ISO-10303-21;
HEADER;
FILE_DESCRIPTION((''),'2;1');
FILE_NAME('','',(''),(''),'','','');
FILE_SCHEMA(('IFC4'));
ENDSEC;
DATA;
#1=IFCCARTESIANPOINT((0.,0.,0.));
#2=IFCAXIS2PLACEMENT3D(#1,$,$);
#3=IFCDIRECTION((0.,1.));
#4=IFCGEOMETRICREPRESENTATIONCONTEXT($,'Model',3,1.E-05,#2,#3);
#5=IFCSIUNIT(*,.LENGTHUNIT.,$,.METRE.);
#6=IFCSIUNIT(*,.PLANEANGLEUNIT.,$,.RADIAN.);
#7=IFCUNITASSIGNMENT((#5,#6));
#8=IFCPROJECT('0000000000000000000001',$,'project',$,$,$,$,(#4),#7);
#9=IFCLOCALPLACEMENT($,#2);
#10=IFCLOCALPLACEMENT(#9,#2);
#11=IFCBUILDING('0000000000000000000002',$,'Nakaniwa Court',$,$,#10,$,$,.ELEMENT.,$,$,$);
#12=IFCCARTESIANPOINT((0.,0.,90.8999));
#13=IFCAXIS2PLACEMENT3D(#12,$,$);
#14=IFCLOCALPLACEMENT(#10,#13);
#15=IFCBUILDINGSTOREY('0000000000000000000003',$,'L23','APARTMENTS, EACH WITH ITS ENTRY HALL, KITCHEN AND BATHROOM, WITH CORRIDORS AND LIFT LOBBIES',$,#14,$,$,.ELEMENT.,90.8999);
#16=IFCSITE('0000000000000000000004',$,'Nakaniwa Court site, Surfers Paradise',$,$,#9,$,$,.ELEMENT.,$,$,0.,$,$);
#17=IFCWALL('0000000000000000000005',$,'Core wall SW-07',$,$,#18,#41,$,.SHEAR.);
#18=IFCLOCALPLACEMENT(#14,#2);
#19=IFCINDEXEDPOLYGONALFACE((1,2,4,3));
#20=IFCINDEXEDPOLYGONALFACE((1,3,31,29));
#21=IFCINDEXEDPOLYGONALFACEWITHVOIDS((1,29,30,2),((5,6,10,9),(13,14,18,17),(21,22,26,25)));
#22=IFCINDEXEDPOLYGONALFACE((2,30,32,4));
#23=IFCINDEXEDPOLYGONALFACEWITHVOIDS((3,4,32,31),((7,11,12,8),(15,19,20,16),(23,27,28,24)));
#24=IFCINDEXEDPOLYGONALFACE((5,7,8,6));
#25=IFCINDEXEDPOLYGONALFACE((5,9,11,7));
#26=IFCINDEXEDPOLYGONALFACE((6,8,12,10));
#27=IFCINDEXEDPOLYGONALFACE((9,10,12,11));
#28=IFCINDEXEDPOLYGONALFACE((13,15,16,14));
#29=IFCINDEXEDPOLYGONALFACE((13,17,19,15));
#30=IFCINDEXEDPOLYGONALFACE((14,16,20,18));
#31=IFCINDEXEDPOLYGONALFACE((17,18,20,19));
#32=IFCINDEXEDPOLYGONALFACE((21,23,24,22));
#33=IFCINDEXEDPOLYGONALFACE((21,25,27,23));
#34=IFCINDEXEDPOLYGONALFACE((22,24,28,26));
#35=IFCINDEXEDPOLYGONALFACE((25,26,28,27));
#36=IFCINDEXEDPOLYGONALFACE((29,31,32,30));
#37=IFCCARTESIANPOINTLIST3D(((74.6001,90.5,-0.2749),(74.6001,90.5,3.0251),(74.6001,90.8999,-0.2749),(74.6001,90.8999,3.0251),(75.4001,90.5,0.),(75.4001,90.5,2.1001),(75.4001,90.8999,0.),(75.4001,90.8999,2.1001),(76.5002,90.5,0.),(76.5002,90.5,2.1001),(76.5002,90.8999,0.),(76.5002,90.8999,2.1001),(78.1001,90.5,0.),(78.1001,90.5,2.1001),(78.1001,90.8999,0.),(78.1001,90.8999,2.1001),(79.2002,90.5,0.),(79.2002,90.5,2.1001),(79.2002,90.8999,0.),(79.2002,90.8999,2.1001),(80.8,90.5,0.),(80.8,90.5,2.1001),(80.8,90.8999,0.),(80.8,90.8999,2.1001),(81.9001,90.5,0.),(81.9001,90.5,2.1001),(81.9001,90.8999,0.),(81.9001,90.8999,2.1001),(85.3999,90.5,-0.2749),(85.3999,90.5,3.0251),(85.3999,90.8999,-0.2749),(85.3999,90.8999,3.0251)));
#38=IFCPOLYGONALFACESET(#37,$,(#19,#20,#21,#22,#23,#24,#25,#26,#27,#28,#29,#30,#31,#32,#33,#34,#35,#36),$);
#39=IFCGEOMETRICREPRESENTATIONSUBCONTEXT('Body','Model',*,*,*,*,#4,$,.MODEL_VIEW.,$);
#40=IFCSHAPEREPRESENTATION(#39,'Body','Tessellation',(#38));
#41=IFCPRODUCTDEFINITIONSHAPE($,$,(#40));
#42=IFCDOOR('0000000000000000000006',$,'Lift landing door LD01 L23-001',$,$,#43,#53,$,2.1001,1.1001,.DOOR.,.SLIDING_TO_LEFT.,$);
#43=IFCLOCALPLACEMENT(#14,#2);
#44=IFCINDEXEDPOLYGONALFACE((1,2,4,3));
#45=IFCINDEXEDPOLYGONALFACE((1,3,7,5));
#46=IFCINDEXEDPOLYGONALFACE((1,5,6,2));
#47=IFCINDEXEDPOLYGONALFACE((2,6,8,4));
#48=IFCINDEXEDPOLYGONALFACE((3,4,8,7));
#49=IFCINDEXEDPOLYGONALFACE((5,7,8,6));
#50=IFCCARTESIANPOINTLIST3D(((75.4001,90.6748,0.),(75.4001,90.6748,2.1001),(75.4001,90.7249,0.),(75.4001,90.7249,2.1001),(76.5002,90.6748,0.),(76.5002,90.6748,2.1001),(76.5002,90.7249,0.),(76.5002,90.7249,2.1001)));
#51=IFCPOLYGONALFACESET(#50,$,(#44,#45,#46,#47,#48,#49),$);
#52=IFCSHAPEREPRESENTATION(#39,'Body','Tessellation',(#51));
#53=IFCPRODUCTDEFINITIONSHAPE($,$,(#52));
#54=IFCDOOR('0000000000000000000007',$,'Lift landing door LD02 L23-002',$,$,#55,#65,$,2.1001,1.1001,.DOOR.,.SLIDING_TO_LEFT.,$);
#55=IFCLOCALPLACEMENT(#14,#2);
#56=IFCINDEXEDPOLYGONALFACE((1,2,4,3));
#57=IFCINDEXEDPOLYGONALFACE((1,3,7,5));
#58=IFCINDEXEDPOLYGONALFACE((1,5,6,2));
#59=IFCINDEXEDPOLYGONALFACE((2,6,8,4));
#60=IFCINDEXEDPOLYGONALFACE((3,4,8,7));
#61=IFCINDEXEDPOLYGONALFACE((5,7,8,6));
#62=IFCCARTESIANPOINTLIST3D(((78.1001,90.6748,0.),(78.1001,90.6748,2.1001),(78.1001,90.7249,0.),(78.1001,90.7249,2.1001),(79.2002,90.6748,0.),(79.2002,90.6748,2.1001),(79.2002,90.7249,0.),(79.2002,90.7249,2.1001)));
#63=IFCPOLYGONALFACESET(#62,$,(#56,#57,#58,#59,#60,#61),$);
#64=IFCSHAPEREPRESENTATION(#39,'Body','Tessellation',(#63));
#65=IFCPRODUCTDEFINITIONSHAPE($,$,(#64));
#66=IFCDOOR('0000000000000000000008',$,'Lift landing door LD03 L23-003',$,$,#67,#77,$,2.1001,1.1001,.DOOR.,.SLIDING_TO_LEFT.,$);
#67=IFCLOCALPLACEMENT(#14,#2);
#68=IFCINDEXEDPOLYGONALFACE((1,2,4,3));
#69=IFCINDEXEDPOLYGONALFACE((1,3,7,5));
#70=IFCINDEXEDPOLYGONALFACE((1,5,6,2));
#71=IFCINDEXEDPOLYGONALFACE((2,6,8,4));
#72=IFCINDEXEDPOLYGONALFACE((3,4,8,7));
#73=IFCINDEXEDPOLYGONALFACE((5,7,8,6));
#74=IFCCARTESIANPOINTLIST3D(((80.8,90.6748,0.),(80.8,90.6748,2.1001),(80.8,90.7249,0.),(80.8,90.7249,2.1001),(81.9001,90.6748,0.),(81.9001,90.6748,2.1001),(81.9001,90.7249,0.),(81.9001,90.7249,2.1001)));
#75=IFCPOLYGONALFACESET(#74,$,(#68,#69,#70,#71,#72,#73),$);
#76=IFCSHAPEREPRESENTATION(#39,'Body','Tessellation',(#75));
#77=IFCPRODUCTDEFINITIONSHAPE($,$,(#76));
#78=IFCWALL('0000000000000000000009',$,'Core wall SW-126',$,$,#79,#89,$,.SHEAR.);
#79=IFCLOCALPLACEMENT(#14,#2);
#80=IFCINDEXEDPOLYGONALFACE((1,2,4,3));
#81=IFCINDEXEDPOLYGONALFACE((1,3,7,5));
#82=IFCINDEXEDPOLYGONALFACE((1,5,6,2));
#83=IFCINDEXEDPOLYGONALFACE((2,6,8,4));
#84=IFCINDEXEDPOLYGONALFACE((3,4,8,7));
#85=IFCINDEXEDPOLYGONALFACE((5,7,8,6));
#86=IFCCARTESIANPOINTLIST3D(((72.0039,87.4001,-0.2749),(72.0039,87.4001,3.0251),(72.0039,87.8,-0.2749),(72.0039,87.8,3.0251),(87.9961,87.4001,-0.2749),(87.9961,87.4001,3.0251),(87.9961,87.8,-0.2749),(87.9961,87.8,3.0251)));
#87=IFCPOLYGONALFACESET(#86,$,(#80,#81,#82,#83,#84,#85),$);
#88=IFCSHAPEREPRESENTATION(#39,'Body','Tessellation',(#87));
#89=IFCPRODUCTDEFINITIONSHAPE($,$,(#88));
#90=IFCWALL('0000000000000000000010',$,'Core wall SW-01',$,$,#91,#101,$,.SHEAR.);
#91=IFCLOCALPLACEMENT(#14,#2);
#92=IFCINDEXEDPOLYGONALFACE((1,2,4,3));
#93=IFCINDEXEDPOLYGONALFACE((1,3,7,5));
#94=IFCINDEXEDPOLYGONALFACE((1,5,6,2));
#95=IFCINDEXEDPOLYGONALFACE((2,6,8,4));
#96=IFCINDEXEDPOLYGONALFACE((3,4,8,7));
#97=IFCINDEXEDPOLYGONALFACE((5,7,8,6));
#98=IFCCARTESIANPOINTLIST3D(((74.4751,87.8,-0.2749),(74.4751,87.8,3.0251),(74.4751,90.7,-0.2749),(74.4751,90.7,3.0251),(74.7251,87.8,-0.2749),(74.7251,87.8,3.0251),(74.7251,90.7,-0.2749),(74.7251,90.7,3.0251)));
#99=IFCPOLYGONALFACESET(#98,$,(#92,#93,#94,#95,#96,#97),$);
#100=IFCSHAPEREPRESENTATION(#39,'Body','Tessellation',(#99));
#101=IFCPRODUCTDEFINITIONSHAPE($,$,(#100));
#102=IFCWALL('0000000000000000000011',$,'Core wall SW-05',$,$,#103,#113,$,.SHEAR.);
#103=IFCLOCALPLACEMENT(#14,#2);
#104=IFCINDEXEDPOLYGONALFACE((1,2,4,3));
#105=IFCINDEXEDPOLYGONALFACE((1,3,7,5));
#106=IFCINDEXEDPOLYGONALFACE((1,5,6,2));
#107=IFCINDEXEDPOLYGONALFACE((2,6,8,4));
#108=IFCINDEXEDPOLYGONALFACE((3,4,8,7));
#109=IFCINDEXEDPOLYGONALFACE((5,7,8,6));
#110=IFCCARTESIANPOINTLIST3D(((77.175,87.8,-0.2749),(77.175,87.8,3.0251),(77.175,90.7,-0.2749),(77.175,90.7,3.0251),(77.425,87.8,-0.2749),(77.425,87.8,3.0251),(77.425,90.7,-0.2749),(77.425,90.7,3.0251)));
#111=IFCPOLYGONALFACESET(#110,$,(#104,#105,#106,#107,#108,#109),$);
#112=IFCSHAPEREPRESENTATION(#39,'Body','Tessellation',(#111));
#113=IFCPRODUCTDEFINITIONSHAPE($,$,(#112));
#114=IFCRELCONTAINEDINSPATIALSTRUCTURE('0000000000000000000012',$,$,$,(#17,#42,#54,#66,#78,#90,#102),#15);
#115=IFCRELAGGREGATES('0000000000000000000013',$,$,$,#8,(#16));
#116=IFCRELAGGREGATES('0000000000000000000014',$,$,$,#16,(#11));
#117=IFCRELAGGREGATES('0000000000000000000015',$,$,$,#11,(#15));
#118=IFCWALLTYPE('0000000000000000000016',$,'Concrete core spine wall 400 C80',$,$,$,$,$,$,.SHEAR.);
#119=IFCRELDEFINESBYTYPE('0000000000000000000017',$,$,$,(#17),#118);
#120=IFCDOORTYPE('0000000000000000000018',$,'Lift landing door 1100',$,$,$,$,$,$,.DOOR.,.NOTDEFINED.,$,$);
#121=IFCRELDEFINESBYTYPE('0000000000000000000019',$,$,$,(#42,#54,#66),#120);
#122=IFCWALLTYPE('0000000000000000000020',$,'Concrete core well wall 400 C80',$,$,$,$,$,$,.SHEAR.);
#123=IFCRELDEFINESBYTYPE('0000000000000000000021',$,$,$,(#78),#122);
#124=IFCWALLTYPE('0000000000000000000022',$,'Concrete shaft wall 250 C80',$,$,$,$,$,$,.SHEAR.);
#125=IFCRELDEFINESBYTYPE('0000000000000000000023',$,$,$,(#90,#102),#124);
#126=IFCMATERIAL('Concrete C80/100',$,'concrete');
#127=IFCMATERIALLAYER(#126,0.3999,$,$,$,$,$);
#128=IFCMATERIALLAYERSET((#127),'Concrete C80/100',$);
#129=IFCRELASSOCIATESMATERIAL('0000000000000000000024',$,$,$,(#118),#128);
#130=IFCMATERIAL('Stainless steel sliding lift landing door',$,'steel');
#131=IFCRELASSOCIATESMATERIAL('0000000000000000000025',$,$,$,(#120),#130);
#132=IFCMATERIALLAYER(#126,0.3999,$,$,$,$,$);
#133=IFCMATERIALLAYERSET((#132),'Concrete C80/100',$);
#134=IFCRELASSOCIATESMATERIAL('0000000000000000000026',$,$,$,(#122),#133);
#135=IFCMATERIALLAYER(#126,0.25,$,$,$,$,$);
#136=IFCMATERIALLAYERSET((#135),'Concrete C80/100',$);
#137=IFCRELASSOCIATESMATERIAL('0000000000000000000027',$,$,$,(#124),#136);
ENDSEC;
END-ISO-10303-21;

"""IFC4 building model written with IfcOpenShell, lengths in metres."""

from ifc_helpers import new_model, si_unit, direction, frame, frame_2d, origin, place, context, subcontext, project, spatial, rectangle, extrude, material, layer, layer_set, type_object, element, fill, save


model = new_model("IFC4")

# Units and contexts
model_context = context("Model", 3, precision=1e-05, world=origin(), true_north=direction((0.0, 1.0)))
body_context = subcontext(model_context, "Body", "Model", "MODEL_VIEW")
ifc_project = project(units=[si_unit("LENGTHUNIT", "METRE"), si_unit("PLANEANGLEUNIT", "RADIAN")], contexts=[model_context])

# Site, building, storey
site_placement = place(None, origin())
site = spatial("IfcSite", under=ifc_project, at=site_placement, Name="Nakaniwa Court site, Surfers Paradise", CompositionType="ELEMENT", RefElevation=0.0)
building_placement = place(site_placement, origin())
building = spatial("IfcBuilding", under=site, at=building_placement, Name="Nakaniwa Court", CompositionType="ELEMENT")
storey_placement = place(building_placement, frame((0.0, 0.0, 90.8999)))
storey = spatial("IfcBuildingStorey", under=building, at=storey_placement, Name="L23", Description="APARTMENTS, EACH WITH ITS ENTRY HALL, KITCHEN AND BATHROOM, WITH CORRIDORS AND LIFT LOBBIES", CompositionType="ELEMENT", Elevation=90.8999)

# Shared definitions
ifc_material_1 = material(Name="Concrete C80/100", Category="concrete")

# Wall, openings, doors
ifc_layer_1 = layer(ifc_material_1, 0.3999)
ifc_layer_set_1 = layer_set([ifc_layer_1], Name="Concrete C80/100")
wall_type_1 = type_object("IfcWallType", Name="Concrete core spine wall 400 C80", PredefinedType="SHEAR", material=ifc_layer_set_1)
wall_1_placement = place(storey_placement, frame((74.6001, 90.7, -0.2749), z_axis=(0.0, 0.0, 1.0), x_axis=(1.0, 0.0, 0.0)))
wall_1 = element("IfcWall", 1, at=wall_1_placement, inside=storey, type_object=wall_type_1, Name="Core wall SW-07", PredefinedType="SHEAR", context=body_context, shape_type="SweptSolid", body=[
    extrude(rectangle(XDim=10.7998, YDim=0.3999, at=frame_2d((5.3999, 0.0))), origin(), (0.0, 0.0, 1.0), 3.3),
])
opening_1_placement = place(wall_1_placement, frame((0.8, 0.0, 0.2749)))
opening_1 = element("IfcOpeningElement", 2, at=opening_1_placement, cuts=wall_1, PredefinedType="OPENING", context=body_context, shape_type="SweptSolid", body=[
    extrude(rectangle(XDim=1.1001, YDim=2.1001, at=frame_2d((0.55, 1.05))), frame((0.0, 0.21, 0.0), z_axis=(0.0, -1.0, 0.0), x_axis=(1.0, 0.0, 0.0)), (0.0, 0.0, 1.0), 0.4199),
])
opening_2_placement = place(wall_1_placement, frame((3.5, 0.0, 0.2749)))
opening_2 = element("IfcOpeningElement", 3, at=opening_2_placement, cuts=wall_1, PredefinedType="OPENING", context=body_context, shape_type="SweptSolid", body=[
    extrude(rectangle(XDim=1.1001, YDim=2.1001, at=frame_2d((0.55, 1.05))), frame((0.0, 0.21, 0.0), z_axis=(0.0, -1.0, 0.0), x_axis=(1.0, 0.0, 0.0)), (0.0, 0.0, 1.0), 0.4199),
])
opening_3_placement = place(wall_1_placement, frame((6.2, 0.0, 0.2749)))
opening_3 = element("IfcOpeningElement", 4, at=opening_3_placement, cuts=wall_1, PredefinedType="OPENING", context=body_context, shape_type="SweptSolid", body=[
    extrude(rectangle(XDim=1.1001, YDim=2.1001, at=frame_2d((0.55, 1.05))), frame((0.0, 0.21, 0.0), z_axis=(0.0, -1.0, 0.0), x_axis=(1.0, 0.0, 0.0)), (0.0, 0.0, 1.0), 0.4199),
])
ifc_material_2 = material(Name="Stainless steel sliding lift landing door", Category="steel")
door_type_1 = type_object("IfcDoorType", Name="Lift landing door 1100", OperationType="NOTDEFINED", PredefinedType="DOOR", material=ifc_material_2)
door_1_placement = place(opening_1_placement, origin())
door_1 = element("IfcDoor", 5, at=door_1_placement, inside=storey, type_object=door_type_1, Name="Lift landing door LD01 L23-001", OperationType="SLIDING_TO_LEFT", OverallHeight=2.1001, OverallWidth=1.1001, PredefinedType="DOOR", context=body_context, shape_type="SweptSolid", body=[
    extrude(rectangle(XDim=1.1001, YDim=2.1001, at=frame_2d((0.55, 1.05))), frame((0.0, 0.0249, 0.0), z_axis=(0.0, -1.0, 0.0), x_axis=(1.0, 0.0, 0.0)), (0.0, 0.0, 1.0), 0.05),
])
fill(opening_1, door_1)
door_2_placement = place(opening_2_placement, origin())
door_2 = element("IfcDoor", 6, at=door_2_placement, inside=storey, type_object=door_type_1, Name="Lift landing door LD02 L23-002", OperationType="SLIDING_TO_LEFT", OverallHeight=2.1001, OverallWidth=1.1001, PredefinedType="DOOR", context=body_context, shape_type="SweptSolid", body=[
    extrude(rectangle(XDim=1.1001, YDim=2.1001, at=frame_2d((0.55, 1.05))), frame((0.0, 0.0249, 0.0), z_axis=(0.0, -1.0, 0.0), x_axis=(1.0, 0.0, 0.0)), (0.0, 0.0, 1.0), 0.05),
])
fill(opening_2, door_2)
door_3_placement = place(opening_3_placement, origin())
door_3 = element("IfcDoor", 7, at=door_3_placement, inside=storey, type_object=door_type_1, Name="Lift landing door LD03 L23-003", OperationType="SLIDING_TO_LEFT", OverallHeight=2.1001, OverallWidth=1.1001, PredefinedType="DOOR", context=body_context, shape_type="SweptSolid", body=[
    extrude(rectangle(XDim=1.1001, YDim=2.1001, at=frame_2d((0.55, 1.05))), frame((0.0, 0.0249, 0.0), z_axis=(0.0, -1.0, 0.0), x_axis=(1.0, 0.0, 0.0)), (0.0, 0.0, 1.0), 0.05),
])
fill(opening_3, door_3)

# Walls
ifc_layer_2 = layer(ifc_material_1, 0.3999)
ifc_layer_set_2 = layer_set([ifc_layer_2], Name="Concrete C80/100")
wall_type_2 = type_object("IfcWallType", Name="Concrete core well wall 400 C80", PredefinedType="SHEAR", material=ifc_layer_set_2)
wall_2_placement = place(storey_placement, frame((72.0039, 87.6001, -0.2749), z_axis=(0.0, 0.0, 1.0), x_axis=(1.0, 0.0, 0.0)))
element("IfcWall", 8, at=wall_2_placement, inside=storey, type_object=wall_type_2, Name="Core wall SW-126", PredefinedType="SHEAR", context=body_context, shape_type="SweptSolid", body=[
    extrude(rectangle(XDim=15.9922, YDim=0.3999, at=frame_2d((7.9961, 0.0))), origin(), (0.0, 0.0, 1.0), 3.3),
])
ifc_layer_3 = layer(ifc_material_1, 0.25)
ifc_layer_set_3 = layer_set([ifc_layer_3], Name="Concrete C80/100")
wall_type_3 = type_object("IfcWallType", Name="Concrete shaft wall 250 C80", PredefinedType="SHEAR", material=ifc_layer_set_3)
for number, where, z_axis, x_axis, name in (
    (9, (74.6001, 87.8, -0.2749), (0.0, 0.0, 1.0), (0.0, 1.0, 0.0), "Core wall SW-01"),
    (10, (77.3, 87.8, -0.2749), (0.0, 0.0, 1.0), (0.0, 1.0, 0.0), "Core wall SW-05"),
):
    element("IfcWall", number, at=place(storey_placement, frame(where, z_axis=z_axis, x_axis=x_axis)), inside=storey, type_object=wall_type_3, Name=name, PredefinedType="SHEAR", context=body_context, shape_type="SweptSolid", body=[
        extrude(rectangle(XDim=2.8999, YDim=0.25, at=frame_2d((1.45, 0.0))), origin(), (0.0, 0.0, 1.0), 3.3),
    ])

save(model, "model.ifc")
